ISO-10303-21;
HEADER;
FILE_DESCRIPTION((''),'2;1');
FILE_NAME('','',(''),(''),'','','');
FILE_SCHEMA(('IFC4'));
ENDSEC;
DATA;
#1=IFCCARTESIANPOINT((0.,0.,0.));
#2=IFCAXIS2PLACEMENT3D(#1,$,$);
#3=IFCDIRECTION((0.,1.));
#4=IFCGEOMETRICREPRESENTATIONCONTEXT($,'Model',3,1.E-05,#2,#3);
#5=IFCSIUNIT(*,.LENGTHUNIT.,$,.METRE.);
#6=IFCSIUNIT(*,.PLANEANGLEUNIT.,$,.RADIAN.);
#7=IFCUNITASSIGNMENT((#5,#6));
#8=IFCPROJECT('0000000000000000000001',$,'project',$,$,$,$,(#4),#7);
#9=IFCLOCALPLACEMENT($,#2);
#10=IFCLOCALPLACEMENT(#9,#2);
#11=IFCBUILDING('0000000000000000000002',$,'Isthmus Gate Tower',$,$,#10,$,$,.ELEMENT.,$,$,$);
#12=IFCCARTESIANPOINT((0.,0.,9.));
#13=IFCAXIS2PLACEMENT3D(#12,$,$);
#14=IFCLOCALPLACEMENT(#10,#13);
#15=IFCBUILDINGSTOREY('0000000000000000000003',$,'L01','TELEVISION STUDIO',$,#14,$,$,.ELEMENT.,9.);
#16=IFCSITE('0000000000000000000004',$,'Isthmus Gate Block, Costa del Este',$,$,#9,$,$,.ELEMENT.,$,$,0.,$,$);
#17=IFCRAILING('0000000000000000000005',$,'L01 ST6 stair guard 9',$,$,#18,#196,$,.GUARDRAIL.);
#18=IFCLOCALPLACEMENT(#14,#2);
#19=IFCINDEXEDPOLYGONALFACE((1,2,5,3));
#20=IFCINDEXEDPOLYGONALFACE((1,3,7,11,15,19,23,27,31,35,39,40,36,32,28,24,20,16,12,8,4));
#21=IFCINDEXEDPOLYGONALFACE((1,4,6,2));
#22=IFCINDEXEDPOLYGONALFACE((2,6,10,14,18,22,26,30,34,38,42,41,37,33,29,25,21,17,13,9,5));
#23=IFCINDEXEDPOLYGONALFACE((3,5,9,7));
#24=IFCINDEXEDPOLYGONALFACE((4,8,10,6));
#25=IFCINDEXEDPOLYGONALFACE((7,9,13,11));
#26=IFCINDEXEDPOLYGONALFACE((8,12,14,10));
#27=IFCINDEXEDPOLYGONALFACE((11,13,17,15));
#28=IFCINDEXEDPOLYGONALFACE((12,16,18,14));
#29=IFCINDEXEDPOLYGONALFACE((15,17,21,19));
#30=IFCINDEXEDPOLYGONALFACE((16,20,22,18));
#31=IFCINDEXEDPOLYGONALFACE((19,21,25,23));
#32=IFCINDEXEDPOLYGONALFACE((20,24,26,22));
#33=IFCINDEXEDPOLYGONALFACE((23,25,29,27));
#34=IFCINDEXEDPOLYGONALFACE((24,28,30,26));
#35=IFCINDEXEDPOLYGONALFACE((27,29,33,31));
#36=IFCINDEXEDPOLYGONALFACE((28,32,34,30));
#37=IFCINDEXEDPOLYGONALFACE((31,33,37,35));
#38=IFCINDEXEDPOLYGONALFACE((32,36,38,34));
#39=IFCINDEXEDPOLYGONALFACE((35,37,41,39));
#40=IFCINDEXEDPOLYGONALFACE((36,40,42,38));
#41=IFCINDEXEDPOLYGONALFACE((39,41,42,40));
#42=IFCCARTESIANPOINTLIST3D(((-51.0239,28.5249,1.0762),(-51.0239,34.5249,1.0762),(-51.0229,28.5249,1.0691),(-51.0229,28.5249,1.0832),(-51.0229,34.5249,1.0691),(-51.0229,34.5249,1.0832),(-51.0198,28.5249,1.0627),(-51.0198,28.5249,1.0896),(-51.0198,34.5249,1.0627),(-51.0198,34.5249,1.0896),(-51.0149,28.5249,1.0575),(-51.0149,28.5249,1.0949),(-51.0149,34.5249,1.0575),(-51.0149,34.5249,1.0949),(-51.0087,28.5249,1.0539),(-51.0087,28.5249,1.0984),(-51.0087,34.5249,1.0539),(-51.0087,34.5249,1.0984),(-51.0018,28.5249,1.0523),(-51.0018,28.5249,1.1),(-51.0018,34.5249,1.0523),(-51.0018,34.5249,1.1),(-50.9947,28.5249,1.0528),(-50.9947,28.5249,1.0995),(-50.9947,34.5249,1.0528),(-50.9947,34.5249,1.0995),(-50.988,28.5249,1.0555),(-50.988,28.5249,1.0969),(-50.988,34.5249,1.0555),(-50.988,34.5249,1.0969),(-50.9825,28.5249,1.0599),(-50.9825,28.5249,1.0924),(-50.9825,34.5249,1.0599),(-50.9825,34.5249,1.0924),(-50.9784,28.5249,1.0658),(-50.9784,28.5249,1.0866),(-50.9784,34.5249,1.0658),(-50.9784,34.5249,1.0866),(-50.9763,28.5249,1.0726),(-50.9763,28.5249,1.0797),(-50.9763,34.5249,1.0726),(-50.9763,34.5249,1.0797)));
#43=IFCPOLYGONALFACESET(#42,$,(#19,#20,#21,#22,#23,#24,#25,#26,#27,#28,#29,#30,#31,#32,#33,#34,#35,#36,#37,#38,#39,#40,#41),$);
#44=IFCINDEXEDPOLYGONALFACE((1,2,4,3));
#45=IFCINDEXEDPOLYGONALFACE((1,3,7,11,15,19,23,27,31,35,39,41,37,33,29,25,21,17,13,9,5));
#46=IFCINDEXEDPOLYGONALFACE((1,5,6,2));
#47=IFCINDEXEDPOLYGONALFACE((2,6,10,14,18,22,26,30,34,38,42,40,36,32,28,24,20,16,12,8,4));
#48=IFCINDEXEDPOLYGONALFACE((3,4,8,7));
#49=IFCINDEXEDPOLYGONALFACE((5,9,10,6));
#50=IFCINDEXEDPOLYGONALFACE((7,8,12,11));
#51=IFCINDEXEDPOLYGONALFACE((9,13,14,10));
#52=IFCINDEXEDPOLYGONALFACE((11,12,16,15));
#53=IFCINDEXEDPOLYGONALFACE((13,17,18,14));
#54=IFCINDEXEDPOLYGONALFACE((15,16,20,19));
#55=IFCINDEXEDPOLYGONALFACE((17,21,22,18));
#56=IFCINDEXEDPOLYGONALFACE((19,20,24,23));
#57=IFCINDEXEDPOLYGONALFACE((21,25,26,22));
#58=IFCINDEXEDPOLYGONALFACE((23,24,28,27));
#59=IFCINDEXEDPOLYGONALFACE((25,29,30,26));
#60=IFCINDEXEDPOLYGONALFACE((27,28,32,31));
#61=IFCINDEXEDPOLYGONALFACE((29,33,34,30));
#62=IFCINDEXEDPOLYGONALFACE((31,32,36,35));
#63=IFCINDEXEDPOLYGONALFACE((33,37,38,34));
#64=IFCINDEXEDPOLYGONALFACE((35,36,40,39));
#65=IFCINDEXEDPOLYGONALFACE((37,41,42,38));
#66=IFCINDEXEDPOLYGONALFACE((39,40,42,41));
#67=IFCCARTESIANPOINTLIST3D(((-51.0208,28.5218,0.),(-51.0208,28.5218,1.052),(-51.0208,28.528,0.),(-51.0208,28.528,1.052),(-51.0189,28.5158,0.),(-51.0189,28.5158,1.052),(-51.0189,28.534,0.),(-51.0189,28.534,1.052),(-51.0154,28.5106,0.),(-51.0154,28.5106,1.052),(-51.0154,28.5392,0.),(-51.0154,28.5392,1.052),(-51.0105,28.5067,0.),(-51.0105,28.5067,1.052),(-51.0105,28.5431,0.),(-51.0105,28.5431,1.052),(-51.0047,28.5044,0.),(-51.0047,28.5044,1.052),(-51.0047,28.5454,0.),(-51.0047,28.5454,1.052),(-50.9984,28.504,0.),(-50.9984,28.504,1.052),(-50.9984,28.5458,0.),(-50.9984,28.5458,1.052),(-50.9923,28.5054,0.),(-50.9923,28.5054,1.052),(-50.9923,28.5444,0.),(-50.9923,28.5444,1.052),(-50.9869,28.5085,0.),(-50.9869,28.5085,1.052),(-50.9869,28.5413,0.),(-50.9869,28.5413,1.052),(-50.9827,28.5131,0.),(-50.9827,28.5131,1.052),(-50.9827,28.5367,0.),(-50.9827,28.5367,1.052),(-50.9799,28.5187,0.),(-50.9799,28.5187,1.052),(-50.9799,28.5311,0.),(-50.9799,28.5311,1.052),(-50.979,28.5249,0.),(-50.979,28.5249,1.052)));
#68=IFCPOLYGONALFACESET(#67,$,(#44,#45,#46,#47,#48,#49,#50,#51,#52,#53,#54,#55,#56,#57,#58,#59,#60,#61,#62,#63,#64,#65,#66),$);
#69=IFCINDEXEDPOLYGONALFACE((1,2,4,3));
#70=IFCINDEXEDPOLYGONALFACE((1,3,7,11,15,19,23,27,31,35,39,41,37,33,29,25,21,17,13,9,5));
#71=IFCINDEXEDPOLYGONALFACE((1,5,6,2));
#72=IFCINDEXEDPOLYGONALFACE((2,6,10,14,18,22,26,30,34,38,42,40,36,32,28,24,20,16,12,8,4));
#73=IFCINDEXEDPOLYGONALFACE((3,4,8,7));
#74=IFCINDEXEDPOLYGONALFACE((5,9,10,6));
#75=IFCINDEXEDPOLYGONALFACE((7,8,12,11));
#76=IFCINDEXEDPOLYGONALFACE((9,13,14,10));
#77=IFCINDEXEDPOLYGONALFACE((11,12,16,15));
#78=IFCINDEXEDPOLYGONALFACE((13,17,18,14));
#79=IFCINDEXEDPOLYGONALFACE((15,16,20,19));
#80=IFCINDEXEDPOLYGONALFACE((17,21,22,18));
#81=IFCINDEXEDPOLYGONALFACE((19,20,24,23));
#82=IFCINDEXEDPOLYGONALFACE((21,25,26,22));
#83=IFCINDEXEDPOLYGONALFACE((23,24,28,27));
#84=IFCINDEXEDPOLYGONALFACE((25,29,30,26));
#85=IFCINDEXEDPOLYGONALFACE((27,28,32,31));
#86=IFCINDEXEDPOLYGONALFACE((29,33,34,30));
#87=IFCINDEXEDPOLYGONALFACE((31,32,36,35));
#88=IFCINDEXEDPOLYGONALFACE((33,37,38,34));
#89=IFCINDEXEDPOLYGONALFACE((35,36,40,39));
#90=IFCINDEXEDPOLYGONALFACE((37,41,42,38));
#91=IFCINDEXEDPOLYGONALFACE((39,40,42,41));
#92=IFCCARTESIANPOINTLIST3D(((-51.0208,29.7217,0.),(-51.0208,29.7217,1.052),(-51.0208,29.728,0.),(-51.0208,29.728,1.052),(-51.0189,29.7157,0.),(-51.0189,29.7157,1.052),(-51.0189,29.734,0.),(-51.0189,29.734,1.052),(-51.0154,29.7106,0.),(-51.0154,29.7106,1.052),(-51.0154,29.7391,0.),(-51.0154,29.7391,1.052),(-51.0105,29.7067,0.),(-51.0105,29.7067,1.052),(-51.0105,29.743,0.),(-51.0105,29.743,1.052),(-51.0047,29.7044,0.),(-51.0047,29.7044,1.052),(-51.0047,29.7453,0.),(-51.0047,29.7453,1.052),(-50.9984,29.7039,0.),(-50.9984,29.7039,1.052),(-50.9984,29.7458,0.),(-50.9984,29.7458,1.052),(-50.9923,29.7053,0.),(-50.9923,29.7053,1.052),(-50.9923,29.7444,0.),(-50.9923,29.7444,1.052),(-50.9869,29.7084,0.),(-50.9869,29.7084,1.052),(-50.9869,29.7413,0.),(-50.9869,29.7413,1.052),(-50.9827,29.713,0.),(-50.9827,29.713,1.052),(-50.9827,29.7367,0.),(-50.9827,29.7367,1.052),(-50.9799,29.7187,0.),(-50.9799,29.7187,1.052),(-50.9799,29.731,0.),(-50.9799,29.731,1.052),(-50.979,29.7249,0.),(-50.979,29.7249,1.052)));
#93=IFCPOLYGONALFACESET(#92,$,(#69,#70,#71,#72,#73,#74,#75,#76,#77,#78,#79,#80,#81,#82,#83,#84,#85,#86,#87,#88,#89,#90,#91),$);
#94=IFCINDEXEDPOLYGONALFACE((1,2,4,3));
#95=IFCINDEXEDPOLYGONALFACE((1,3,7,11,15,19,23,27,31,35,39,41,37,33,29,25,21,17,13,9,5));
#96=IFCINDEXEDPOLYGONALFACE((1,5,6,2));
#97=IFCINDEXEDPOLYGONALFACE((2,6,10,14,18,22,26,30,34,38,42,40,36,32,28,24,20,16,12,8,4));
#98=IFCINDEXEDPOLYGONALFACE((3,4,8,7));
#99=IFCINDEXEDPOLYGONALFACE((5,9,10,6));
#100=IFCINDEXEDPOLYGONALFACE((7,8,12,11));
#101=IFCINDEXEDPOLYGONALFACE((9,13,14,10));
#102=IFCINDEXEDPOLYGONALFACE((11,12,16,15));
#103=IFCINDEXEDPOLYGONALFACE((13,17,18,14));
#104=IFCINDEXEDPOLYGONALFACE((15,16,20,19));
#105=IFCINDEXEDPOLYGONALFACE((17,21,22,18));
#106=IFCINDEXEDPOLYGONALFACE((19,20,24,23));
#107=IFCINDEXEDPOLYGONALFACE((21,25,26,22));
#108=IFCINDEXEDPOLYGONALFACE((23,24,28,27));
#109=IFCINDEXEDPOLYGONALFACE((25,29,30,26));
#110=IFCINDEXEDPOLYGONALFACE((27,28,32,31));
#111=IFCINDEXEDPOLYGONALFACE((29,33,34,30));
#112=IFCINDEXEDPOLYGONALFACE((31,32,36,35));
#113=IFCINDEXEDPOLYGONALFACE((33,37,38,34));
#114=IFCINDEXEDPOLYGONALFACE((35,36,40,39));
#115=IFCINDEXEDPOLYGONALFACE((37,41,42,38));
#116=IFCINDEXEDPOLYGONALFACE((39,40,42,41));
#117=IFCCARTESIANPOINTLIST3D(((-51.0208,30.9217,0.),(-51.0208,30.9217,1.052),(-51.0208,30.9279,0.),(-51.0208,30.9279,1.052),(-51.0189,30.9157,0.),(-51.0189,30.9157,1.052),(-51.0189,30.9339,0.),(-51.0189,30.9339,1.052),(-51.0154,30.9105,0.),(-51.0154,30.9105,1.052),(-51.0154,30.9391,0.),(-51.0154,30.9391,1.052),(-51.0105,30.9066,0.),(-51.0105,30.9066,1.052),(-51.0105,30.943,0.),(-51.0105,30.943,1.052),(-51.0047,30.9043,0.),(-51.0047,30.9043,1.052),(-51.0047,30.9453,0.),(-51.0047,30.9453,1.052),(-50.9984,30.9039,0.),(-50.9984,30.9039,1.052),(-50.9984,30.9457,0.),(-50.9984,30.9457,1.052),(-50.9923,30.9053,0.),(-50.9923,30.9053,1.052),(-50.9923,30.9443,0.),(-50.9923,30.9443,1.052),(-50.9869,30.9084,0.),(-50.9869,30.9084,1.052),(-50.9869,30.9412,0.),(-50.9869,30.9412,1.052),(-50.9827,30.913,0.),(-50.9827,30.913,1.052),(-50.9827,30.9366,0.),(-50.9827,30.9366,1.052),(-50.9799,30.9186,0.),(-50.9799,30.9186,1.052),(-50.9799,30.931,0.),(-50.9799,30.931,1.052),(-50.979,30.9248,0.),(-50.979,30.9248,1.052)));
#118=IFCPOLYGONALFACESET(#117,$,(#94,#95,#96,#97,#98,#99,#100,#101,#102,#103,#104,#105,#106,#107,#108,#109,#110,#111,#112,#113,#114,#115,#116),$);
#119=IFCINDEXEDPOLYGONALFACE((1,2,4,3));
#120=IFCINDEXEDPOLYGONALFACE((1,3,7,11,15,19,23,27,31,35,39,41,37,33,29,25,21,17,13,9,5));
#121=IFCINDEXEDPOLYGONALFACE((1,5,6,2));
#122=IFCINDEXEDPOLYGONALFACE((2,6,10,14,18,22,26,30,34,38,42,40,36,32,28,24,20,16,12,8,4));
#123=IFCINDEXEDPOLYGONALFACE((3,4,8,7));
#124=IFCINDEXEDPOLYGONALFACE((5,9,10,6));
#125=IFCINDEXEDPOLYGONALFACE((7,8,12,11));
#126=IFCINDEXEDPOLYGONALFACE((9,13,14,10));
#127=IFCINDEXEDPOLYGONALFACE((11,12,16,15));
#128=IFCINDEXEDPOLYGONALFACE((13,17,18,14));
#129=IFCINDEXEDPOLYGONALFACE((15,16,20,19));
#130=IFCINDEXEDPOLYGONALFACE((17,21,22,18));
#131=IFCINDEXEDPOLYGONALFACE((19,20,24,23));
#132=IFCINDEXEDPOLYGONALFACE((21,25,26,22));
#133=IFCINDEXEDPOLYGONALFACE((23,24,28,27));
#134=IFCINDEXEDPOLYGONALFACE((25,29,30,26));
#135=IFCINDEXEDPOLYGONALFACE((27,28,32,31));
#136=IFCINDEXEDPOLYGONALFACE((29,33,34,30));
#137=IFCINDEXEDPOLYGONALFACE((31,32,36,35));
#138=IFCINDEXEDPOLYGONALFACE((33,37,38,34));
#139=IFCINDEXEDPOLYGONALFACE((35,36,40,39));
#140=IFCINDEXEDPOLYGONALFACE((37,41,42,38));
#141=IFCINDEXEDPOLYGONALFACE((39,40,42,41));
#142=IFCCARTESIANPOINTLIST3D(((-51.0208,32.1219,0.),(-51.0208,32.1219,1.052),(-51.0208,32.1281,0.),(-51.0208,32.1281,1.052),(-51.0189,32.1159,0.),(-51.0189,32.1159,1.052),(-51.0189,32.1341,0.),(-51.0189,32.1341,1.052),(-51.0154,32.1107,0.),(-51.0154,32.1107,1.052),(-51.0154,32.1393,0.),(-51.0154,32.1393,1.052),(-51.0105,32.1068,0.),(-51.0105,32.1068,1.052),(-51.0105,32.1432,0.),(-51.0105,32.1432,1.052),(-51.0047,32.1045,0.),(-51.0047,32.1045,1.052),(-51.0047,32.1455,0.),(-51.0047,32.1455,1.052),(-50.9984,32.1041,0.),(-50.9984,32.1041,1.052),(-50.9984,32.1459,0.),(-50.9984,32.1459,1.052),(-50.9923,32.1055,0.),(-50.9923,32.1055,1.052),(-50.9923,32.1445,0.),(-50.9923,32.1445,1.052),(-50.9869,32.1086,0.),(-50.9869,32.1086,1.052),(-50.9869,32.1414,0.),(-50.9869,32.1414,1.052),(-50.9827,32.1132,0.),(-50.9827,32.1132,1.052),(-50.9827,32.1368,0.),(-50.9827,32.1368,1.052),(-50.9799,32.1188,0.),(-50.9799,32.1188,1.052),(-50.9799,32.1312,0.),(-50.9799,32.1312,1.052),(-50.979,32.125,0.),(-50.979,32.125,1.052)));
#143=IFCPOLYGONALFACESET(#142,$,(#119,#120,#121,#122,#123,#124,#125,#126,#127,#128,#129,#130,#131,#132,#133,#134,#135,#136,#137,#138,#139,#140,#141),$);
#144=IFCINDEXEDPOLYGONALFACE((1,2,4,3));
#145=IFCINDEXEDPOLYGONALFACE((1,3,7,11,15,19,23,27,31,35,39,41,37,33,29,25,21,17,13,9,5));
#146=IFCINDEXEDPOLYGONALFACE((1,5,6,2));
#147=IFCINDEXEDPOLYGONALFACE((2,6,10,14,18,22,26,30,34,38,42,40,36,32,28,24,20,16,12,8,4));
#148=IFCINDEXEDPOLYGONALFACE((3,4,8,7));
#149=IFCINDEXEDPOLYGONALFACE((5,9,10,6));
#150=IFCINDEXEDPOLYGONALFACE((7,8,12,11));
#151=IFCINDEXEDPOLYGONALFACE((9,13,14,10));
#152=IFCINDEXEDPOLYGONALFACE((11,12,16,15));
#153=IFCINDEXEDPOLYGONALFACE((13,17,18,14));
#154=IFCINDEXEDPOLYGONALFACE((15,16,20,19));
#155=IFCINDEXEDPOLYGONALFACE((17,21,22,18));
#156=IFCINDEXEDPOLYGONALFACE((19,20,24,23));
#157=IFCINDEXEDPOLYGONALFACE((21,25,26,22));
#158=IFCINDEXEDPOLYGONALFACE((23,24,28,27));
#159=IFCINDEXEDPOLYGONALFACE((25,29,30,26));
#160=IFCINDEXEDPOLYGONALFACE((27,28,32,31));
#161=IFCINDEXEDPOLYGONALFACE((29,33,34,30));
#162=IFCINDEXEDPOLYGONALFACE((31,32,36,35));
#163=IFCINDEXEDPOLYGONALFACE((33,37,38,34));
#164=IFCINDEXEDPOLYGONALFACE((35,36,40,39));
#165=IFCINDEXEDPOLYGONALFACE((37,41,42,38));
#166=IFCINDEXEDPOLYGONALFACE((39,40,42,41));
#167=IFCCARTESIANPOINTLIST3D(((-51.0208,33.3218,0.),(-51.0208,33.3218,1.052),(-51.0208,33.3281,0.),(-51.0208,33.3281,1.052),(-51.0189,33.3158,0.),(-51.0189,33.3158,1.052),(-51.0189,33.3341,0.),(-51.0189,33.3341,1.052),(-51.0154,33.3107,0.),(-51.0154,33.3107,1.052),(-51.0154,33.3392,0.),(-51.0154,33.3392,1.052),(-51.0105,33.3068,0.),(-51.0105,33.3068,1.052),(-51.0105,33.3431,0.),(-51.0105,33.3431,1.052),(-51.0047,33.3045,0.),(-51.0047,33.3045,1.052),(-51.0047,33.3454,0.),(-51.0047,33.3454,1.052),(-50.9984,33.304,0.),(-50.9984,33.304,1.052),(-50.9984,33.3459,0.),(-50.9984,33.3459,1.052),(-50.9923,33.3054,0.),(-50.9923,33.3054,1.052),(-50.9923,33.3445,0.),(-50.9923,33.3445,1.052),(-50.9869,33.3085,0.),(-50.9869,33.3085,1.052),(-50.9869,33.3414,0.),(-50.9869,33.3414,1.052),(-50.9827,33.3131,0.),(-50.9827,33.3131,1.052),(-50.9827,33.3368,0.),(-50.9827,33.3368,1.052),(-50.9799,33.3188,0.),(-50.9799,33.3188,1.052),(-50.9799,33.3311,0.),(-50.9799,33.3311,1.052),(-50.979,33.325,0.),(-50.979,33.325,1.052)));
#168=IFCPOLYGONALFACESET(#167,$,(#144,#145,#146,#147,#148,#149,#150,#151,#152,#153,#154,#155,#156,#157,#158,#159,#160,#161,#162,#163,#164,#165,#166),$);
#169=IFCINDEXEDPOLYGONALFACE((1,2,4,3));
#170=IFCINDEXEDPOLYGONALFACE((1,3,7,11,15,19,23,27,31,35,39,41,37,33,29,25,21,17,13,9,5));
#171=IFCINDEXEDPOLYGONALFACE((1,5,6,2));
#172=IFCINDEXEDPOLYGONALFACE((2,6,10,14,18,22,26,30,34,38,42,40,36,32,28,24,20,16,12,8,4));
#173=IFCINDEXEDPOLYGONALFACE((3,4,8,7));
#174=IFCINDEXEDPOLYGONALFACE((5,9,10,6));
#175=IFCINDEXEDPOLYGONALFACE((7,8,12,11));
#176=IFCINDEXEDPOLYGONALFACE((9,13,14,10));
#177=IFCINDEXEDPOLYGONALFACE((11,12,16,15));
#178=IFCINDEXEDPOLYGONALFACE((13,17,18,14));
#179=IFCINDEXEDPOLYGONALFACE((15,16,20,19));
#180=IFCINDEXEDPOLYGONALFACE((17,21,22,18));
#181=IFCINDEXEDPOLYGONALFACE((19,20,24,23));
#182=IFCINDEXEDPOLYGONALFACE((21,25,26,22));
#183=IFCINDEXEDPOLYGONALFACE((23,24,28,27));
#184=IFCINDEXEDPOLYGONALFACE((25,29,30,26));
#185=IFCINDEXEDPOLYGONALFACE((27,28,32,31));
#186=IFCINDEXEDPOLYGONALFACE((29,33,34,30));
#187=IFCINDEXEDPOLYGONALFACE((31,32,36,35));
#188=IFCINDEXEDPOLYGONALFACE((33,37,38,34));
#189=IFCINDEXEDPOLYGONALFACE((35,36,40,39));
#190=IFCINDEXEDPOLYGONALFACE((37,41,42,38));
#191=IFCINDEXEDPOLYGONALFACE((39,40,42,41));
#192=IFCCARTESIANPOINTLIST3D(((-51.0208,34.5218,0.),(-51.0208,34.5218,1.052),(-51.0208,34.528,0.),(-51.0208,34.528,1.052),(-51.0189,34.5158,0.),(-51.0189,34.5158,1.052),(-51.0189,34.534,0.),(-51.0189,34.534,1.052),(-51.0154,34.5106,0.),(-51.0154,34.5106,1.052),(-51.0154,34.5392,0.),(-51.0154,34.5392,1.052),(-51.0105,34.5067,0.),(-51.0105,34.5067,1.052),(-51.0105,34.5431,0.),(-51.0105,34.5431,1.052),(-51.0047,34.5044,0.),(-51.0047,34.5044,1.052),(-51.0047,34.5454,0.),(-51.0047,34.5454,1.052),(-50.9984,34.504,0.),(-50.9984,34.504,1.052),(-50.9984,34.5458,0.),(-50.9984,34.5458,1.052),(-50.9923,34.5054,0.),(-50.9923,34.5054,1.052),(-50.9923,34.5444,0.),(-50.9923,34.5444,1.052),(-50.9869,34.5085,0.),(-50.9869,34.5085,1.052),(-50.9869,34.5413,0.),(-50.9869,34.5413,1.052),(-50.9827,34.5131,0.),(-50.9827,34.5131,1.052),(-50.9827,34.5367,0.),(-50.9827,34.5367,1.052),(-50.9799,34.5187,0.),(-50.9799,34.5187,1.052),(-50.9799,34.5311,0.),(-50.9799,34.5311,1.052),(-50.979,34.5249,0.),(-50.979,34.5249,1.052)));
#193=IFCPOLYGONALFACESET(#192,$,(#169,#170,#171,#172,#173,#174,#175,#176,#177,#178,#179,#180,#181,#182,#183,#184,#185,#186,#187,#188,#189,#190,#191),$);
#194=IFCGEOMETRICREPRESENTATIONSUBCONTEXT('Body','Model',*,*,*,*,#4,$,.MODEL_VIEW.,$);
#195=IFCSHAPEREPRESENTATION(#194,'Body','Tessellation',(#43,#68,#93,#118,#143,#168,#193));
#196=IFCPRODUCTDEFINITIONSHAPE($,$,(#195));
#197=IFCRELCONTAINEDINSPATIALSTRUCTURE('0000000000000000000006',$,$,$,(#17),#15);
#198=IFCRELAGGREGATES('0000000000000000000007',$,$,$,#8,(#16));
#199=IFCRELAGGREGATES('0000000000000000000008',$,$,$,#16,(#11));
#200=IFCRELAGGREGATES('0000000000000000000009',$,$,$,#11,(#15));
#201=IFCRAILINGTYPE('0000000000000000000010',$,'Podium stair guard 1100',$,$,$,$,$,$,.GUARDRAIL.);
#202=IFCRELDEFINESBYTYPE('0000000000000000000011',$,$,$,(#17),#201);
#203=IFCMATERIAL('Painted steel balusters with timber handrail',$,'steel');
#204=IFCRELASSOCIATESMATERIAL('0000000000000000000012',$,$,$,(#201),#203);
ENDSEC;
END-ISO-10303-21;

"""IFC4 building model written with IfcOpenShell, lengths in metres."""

from ifc_helpers import new_model, si_unit, direction, frame, origin, origin_2d, place, context, subcontext, project, spatial, circle, extrude, material, type_object, element, save


model = new_model("IFC4")

# Units and contexts
model_context = context("Model", 3, precision=1e-05, world=origin(), true_north=direction((0.0, 1.0)))
body_context = subcontext(model_context, "Body", "Model", "MODEL_VIEW")
ifc_project = project(units=[si_unit("LENGTHUNIT", "METRE"), si_unit("PLANEANGLEUNIT", "RADIAN")], contexts=[model_context])

# Site, building, storey
site_placement = place(None, origin())
site = spatial("IfcSite", under=ifc_project, at=site_placement, Name="Isthmus Gate Block, Costa del Este", CompositionType="ELEMENT", RefElevation=0.0)
building_placement = place(site_placement, origin())
building = spatial("IfcBuilding", under=site, at=building_placement, Name="Isthmus Gate Tower", CompositionType="ELEMENT")
storey_placement = place(building_placement, frame((0.0, 0.0, 9.0)))
storey = spatial("IfcBuildingStorey", under=building, at=storey_placement, Name="L01", Description="TELEVISION STUDIO", CompositionType="ELEMENT", Elevation=9.0)

# Railing
ifc_material_1 = material(Name="Painted steel balusters with timber handrail", Category="steel")
railing_type_1 = type_object("IfcRailingType", Name="Podium stair guard 1100", PredefinedType="GUARDRAIL", material=ifc_material_1)
railing_1_placement = place(storey_placement, frame((-51.0, 28.5249, 0.0)))
element("IfcRailing", 1, at=railing_1_placement, inside=storey, type_object=railing_type_1, Name="L01 ST6 stair guard 9", PredefinedType="GUARDRAIL", context=body_context, shape_type="SweptSolid", body=[
    extrude(circle(Radius=0.0239, at=origin_2d()), frame((0.0, 0.0, 1.0762), z_axis=(0.0, 1.0, 0.0), x_axis=(-1.0, 0.0, 0.0)), (0.0, 0.0, 1.0), 6.0),
    extrude(circle(Radius=0.021, at=origin_2d()), origin(), (0.0, 0.0, 1.0), 1.052),
    extrude(circle(Radius=0.021, at=origin_2d()), frame((0.0, 1.2, 0.0)), (0.0, 0.0, 1.0), 1.052),
    extrude(circle(Radius=0.021, at=origin_2d()), frame((0.0, 2.3999, 0.0)), (0.0, 0.0, 1.0), 1.052),
    extrude(circle(Radius=0.021, at=origin_2d()), frame((0.0, 3.6001, 0.0)), (0.0, 0.0, 1.0), 1.052),
    extrude(circle(Radius=0.021, at=origin_2d()), frame((0.0, 4.8, 0.0)), (0.0, 0.0, 1.0), 1.052),
    extrude(circle(Radius=0.021, at=origin_2d()), frame((0.0, 6.0, 0.0)), (0.0, 0.0, 1.0), 1.052),
])

save(model, "model.ifc")
